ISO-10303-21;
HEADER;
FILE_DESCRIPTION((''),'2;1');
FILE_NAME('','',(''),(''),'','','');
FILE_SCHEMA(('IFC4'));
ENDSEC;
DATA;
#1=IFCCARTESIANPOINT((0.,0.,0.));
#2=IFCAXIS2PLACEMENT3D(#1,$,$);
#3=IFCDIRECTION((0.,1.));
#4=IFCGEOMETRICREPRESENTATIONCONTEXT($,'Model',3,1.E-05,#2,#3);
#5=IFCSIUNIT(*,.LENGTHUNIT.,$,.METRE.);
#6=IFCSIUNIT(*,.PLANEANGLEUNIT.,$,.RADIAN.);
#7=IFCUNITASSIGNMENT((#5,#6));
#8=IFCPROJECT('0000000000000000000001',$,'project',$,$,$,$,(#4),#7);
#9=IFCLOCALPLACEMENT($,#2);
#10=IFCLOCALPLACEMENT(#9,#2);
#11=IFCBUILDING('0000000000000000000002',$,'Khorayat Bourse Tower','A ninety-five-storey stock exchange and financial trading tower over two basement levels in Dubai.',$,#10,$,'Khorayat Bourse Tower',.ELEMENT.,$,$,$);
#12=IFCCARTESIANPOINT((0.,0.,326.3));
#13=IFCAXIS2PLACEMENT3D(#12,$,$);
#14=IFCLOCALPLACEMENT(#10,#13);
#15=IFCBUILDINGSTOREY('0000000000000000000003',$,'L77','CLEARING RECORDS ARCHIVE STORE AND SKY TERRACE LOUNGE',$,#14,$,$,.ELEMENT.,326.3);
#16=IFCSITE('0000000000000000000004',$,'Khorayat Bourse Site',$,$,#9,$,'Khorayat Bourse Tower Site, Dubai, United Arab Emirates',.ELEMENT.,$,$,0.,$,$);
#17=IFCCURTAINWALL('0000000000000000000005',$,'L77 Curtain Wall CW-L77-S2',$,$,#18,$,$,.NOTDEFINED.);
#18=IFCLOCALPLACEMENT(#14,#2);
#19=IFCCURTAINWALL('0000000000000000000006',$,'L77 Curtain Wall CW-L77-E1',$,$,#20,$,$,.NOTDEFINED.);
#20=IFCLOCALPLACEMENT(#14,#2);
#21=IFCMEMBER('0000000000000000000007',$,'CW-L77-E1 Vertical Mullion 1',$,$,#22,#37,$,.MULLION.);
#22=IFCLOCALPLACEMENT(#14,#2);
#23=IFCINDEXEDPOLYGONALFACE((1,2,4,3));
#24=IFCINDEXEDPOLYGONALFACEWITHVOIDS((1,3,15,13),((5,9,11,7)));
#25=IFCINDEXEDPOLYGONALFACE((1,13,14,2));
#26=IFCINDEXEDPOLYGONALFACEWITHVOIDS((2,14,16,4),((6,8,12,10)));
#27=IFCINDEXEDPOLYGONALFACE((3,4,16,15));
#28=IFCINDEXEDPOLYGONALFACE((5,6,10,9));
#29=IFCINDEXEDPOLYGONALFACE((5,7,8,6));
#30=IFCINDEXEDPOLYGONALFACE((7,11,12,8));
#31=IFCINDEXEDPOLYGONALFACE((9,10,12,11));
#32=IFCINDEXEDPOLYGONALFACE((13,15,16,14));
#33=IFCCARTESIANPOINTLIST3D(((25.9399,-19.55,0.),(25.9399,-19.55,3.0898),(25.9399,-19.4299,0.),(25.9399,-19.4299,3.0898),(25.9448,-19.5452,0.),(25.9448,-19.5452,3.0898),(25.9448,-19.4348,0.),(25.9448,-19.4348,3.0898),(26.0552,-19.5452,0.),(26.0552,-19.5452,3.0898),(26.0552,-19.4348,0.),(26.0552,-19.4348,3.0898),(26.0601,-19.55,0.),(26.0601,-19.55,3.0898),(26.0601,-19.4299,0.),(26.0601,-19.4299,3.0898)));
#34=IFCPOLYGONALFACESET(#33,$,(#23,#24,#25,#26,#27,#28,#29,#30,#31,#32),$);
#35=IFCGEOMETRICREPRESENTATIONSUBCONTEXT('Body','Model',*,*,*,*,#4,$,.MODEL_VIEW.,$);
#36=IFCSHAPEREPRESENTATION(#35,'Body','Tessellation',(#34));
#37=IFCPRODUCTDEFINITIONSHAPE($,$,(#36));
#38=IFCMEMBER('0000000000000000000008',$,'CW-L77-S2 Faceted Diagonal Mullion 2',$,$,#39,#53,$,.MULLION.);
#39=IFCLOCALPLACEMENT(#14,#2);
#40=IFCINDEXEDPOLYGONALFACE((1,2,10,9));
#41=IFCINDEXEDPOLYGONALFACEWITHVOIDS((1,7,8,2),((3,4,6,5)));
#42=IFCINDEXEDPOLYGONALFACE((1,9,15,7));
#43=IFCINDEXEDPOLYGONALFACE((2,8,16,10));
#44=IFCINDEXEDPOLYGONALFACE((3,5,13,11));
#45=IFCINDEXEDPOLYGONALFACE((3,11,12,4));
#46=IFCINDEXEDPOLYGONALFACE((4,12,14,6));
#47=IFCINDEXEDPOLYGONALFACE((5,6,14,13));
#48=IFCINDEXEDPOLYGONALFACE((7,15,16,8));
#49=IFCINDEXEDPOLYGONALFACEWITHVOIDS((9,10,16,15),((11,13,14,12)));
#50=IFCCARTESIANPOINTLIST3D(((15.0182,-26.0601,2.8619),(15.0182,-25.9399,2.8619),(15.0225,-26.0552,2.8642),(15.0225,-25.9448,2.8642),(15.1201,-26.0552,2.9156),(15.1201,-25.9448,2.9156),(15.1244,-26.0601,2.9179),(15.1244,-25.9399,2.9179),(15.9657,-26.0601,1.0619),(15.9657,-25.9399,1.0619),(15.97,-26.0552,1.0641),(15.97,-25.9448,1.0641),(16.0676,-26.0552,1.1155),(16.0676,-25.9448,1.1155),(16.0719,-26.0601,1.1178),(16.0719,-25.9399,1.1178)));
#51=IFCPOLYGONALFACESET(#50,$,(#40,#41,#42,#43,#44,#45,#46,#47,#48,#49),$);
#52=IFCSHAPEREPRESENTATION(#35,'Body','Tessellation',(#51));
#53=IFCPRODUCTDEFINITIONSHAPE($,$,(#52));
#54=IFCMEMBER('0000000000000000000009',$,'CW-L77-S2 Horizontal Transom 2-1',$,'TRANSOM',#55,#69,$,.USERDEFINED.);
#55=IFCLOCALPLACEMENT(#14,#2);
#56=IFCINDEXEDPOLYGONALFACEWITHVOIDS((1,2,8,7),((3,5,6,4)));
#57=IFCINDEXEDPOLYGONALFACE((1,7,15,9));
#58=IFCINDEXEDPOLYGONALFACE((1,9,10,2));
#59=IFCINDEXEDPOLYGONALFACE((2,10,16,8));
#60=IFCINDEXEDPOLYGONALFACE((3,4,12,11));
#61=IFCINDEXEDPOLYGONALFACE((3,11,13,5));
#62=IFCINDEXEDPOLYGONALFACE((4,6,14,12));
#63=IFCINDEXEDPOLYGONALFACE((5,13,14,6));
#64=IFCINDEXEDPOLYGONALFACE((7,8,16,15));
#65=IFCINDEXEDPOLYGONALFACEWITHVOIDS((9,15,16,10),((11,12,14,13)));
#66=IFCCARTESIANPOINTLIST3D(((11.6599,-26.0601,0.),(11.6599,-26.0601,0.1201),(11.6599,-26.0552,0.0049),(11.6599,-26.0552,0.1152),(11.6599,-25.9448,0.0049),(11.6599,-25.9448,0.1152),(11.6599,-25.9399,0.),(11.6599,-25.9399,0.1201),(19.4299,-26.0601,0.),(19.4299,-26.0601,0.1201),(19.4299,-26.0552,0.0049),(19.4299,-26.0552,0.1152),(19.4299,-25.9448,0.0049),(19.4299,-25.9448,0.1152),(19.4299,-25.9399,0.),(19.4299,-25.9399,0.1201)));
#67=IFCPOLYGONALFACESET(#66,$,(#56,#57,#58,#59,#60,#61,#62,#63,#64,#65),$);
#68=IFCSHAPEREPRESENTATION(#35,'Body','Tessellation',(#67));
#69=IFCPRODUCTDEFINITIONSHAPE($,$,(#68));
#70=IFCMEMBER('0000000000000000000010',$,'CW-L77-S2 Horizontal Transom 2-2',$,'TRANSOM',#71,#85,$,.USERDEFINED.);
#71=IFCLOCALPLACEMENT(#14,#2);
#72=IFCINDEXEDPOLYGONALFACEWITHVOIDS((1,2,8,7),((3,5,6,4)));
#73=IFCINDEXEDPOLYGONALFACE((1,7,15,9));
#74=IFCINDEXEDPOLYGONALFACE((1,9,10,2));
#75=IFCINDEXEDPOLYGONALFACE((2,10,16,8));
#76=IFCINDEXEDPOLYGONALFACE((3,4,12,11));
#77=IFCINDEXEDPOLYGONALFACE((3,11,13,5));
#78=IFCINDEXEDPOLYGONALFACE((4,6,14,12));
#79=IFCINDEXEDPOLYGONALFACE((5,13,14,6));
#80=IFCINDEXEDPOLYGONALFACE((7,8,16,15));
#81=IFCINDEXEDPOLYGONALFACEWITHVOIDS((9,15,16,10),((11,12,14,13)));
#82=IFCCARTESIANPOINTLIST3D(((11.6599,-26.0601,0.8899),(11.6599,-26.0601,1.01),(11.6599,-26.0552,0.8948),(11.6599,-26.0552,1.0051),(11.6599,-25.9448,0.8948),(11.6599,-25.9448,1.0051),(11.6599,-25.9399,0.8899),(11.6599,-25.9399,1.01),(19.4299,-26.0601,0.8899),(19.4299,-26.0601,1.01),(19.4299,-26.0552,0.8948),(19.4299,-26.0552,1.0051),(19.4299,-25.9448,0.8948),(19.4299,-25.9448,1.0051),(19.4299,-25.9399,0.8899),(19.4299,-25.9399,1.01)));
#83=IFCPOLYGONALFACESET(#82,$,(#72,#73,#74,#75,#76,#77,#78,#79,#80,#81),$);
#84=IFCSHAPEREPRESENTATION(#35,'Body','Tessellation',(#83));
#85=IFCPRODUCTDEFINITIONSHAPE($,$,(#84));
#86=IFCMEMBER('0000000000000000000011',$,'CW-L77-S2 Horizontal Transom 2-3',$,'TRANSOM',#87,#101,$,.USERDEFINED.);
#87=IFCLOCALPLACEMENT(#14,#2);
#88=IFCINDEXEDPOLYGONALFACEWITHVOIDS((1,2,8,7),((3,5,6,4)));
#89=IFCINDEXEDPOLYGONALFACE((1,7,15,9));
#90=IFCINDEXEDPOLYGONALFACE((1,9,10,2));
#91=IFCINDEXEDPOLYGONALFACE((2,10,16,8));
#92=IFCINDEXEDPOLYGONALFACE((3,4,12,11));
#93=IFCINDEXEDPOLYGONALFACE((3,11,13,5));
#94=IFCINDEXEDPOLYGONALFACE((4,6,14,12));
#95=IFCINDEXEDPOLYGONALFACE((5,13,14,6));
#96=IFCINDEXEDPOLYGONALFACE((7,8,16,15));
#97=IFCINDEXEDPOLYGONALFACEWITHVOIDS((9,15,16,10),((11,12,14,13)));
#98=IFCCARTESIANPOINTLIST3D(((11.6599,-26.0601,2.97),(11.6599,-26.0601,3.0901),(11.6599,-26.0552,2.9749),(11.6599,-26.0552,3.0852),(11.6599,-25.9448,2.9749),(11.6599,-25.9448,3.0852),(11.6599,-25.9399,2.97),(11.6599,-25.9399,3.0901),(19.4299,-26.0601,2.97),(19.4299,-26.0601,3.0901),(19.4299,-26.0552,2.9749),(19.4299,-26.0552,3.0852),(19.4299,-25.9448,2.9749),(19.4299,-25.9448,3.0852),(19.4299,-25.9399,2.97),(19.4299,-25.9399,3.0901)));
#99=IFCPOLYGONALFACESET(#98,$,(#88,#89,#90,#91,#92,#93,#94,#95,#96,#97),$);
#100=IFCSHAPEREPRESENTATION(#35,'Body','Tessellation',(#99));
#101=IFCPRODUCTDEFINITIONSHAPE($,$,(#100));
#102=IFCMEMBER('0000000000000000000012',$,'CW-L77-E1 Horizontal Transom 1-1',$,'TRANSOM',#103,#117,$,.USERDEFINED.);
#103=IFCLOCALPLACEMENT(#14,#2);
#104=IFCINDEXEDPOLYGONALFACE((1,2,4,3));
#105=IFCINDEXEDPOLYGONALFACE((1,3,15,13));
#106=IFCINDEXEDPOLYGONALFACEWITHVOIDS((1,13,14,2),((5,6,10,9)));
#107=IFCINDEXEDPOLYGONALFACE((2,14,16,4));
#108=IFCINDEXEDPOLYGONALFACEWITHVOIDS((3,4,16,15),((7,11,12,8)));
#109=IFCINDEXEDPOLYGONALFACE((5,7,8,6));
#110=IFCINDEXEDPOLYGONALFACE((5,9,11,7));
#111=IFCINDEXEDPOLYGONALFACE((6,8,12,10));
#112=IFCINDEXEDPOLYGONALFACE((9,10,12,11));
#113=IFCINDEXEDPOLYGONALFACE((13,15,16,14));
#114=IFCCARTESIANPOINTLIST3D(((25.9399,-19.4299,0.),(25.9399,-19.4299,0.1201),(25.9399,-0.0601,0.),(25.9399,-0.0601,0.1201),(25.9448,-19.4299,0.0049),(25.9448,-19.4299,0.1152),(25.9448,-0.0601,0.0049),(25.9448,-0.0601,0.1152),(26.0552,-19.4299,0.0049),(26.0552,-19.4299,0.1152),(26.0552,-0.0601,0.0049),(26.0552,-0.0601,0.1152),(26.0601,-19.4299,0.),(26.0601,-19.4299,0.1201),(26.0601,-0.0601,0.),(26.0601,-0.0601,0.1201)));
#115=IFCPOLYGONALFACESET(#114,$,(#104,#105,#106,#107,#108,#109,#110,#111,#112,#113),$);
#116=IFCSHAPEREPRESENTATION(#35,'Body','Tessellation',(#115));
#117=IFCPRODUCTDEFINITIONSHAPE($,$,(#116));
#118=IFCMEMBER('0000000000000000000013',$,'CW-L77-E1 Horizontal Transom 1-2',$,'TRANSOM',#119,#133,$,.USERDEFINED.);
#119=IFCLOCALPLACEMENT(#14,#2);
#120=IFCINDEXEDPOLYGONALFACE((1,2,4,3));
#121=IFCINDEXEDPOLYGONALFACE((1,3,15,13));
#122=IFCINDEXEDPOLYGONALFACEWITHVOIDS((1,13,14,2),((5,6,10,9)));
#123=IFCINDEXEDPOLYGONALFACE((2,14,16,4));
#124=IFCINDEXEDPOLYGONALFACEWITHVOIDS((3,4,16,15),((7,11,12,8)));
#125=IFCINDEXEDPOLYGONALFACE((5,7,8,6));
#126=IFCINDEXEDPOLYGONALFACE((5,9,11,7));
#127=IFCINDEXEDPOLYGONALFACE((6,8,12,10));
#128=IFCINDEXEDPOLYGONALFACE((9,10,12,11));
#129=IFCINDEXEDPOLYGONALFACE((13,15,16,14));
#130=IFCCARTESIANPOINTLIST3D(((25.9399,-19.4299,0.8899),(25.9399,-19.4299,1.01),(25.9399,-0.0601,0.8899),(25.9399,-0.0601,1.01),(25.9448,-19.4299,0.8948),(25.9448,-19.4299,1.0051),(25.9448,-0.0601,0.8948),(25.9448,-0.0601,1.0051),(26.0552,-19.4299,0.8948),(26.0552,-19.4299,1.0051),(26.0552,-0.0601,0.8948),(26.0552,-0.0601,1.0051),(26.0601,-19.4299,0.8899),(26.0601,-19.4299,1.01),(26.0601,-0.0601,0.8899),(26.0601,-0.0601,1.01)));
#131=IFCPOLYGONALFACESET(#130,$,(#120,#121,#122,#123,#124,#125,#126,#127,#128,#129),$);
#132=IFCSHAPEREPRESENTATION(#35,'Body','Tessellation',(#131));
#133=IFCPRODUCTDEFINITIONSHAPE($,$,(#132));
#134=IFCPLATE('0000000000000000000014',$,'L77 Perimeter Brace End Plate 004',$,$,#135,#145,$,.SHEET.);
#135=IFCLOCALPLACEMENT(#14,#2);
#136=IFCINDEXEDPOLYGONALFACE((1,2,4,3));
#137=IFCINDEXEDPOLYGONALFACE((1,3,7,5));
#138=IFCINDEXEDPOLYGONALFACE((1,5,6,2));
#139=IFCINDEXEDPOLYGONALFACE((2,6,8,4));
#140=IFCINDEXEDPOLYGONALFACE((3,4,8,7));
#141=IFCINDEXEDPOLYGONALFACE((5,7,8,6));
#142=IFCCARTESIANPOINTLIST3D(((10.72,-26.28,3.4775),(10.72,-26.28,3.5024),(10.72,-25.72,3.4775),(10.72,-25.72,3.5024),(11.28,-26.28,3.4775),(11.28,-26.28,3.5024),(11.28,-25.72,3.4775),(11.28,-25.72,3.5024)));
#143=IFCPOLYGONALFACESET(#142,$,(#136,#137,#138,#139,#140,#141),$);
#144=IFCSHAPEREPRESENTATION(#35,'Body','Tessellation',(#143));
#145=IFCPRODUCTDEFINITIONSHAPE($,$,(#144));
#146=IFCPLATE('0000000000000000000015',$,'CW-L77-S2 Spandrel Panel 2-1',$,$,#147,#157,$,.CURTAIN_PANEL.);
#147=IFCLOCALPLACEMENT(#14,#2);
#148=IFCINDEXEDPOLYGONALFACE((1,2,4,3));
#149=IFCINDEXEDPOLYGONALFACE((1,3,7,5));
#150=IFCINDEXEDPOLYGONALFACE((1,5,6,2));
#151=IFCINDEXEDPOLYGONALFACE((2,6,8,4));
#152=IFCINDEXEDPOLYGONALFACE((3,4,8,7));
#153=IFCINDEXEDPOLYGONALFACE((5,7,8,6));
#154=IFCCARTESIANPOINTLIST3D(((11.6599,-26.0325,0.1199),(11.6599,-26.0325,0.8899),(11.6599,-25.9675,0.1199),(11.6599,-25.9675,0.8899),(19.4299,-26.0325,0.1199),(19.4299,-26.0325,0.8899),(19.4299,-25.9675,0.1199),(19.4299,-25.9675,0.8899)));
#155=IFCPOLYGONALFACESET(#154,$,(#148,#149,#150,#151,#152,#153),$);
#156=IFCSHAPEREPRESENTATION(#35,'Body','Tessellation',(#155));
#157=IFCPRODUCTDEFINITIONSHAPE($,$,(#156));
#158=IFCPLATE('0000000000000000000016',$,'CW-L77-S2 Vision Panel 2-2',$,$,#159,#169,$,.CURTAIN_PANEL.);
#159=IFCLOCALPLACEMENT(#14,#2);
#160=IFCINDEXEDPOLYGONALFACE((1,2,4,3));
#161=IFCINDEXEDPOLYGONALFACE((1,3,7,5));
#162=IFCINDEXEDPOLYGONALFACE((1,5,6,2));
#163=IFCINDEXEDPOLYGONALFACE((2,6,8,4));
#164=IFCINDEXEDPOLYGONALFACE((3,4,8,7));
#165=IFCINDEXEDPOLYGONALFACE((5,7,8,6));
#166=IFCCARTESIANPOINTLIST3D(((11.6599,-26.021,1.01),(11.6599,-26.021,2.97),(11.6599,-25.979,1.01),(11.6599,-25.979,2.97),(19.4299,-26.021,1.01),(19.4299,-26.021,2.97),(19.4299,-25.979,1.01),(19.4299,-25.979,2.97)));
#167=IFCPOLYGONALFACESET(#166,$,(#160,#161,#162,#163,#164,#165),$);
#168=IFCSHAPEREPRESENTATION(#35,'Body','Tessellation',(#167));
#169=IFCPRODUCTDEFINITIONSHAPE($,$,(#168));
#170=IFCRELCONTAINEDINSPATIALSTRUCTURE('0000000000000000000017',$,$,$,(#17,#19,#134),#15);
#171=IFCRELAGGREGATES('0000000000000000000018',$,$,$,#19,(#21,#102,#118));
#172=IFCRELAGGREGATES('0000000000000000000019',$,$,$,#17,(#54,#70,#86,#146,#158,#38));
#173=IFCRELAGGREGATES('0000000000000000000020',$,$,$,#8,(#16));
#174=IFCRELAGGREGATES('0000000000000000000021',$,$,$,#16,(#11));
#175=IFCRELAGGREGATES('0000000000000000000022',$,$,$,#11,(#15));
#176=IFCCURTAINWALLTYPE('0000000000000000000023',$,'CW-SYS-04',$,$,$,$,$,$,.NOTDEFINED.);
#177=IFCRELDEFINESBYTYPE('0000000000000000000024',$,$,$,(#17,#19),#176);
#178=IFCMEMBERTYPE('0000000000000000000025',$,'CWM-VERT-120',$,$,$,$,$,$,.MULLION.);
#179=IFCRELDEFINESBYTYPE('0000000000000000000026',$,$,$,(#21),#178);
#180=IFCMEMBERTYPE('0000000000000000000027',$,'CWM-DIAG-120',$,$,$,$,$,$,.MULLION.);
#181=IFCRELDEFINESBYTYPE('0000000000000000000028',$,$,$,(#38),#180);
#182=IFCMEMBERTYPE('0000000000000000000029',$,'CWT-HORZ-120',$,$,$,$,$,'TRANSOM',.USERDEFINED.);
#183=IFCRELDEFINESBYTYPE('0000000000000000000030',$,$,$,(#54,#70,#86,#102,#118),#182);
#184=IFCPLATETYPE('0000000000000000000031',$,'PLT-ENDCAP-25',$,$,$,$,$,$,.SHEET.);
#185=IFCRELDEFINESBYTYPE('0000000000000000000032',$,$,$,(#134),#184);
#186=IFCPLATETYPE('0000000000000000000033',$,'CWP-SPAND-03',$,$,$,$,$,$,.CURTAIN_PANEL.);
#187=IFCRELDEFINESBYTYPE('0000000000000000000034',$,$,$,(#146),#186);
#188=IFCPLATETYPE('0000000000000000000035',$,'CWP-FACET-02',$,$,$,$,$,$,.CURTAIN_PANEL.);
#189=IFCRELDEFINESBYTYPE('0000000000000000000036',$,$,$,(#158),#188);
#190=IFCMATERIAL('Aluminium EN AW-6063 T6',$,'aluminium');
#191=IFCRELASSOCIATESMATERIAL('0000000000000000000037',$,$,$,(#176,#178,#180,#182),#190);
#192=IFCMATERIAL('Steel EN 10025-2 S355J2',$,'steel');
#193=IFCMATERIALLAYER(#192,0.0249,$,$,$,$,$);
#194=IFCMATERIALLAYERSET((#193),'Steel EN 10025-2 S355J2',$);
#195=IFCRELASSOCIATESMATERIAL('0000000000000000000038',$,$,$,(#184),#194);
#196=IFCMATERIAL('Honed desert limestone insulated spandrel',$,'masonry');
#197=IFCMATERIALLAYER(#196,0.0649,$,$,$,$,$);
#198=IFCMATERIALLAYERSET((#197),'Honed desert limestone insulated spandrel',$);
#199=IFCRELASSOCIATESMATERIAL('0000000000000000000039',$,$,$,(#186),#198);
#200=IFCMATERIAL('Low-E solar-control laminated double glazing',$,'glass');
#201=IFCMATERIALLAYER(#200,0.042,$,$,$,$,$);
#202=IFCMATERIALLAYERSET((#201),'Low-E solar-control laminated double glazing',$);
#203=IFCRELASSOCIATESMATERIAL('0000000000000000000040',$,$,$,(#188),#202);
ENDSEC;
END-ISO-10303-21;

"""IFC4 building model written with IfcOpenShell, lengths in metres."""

from ifc_helpers import new_model, si_unit, direction, frame, origin, origin_2d, place, context, subcontext, project, spatial, rectangle, hollow_rectangle, extrude, source, transform, mapped, material, layer, layer_set, material_profile, profile_set, type_object, element, aggregate, save


model = new_model("IFC4")

# Units and contexts
model_context = context("Model", 3, precision=1e-05, world=origin(), true_north=direction((0.0, 1.0)))
body_context = subcontext(model_context, "Body", "Model", "MODEL_VIEW")
ifc_project = project(units=[si_unit("LENGTHUNIT", "METRE"), si_unit("PLANEANGLEUNIT", "RADIAN")], contexts=[model_context])

# Site, building, storey
site_placement = place(None, origin())
site = spatial("IfcSite", under=ifc_project, at=site_placement, Name="Khorayat Bourse Site", LongName="Khorayat Bourse Tower Site, Dubai, United Arab Emirates", CompositionType="ELEMENT", RefElevation=0.0)
building_placement = place(site_placement, origin())
building = spatial("IfcBuilding", under=site, at=building_placement, Name="Khorayat Bourse Tower", Description="A ninety-five-storey stock exchange and financial trading tower over two basement levels in Dubai.", LongName="Khorayat Bourse Tower", CompositionType="ELEMENT")
storey_placement = place(building_placement, frame((0.0, 0.0, 326.3)))
storey = spatial("IfcBuildingStorey", under=building, at=storey_placement, Name="L77", Description="CLEARING RECORDS ARCHIVE STORE AND SKY TERRACE LOUNGE", CompositionType="ELEMENT", Elevation=326.3)

# Shared definitions
ifc_material_1 = material(Name="Steel EN 10025-2 S355J2", Category="steel")

# Curtain wall
ifc_material_2 = material(Name="Aluminium EN AW-6063 T6", Category="aluminium")
curtain_wall_type = type_object("IfcCurtainWallType", Name="CW-SYS-04", PredefinedType="NOTDEFINED", material=ifc_material_2)
curtain_wall_1_placement = place(storey_placement, origin())
curtain_wall_1 = element("IfcCurtainWall", 1, at=curtain_wall_1_placement, inside=storey, type_object=curtain_wall_type, Name="L77 Curtain Wall CW-L77-S2", PredefinedType="NOTDEFINED")
ifc_material_profile_1 = material_profile(ifc_material_2, hollow_rectangle(XDim=0.1201, YDim=0.1201, WallThickness=0.0049, at=origin_2d()), Name="ALU 120x120x5")
ifc_profile_set_1 = profile_set([ifc_material_profile_1], Name="Aluminium EN AW-6063 T6")
member_type_1 = type_object("IfcMemberType", Name="CWM-VERT-120", PredefinedType="MULLION", material=ifc_profile_set_1)
shared_shape_1 = source(origin(), body_context, "Body", "SweptSolid", [
    extrude(hollow_rectangle(XDim=0.1201, YDim=0.1201, WallThickness=0.0049, at=origin_2d()), origin(), (0.0, 0.0, 1.0), 3.0898),
])

# Curtain wall, member
curtain_wall_2_placement = place(storey_placement, origin())
curtain_wall_2 = element("IfcCurtainWall", 2, at=curtain_wall_2_placement, inside=storey, type_object=curtain_wall_type, Name="L77 Curtain Wall CW-L77-E1", PredefinedType="NOTDEFINED")
member_1_placement = place(storey_placement, frame((26.0, -19.49, 0.0), z_axis=(0.0, 0.0, 1.0), x_axis=(-1.0, 0.0, 0.0)))
member_1 = element("IfcMember", 3, at=member_1_placement, type_object=member_type_1, Name="CW-L77-E1 Vertical Mullion 1", PredefinedType="MULLION", context=body_context, shape_type="MappedRepresentation", body=[
    mapped(shared_shape_1, transform((0.0, 0.0, 0.0), scale=1.0)),
])

# Members
ifc_material_profile_2 = material_profile(ifc_material_2, hollow_rectangle(XDim=0.1201, YDim=0.1201, WallThickness=0.0049, at=origin_2d()), Name="ALU 120x120x5")
ifc_profile_set_2 = profile_set([ifc_material_profile_2], Name="Aluminium EN AW-6063 T6")
member_type_2 = type_object("IfcMemberType", Name="CWM-DIAG-120", PredefinedType="MULLION", material=ifc_profile_set_2)
shared_shape_2 = source(origin(), body_context, "Body", "SweptSolid", [
    extrude(hollow_rectangle(XDim=0.1201, YDim=0.1201, WallThickness=0.0049, at=origin_2d()), origin(), (0.0, 0.0, 1.0), 2.0342),
])
member_2_placement = place(storey_placement, frame((16.0188, -26.0, 1.0898), z_axis=(-0.465791, 0.0, 0.884895), x_axis=(0.0, -1.0, 0.0)))
member_2 = element("IfcMember", 4, at=member_2_placement, type_object=member_type_2, Name="CW-L77-S2 Faceted Diagonal Mullion 2", PredefinedType="MULLION", context=body_context, shape_type="MappedRepresentation", body=[
    mapped(shared_shape_2, transform((0.0, 0.0, 0.0), scale=1.0)),
])
ifc_material_profile_3 = material_profile(ifc_material_2, hollow_rectangle(XDim=0.1201, YDim=0.1201, WallThickness=0.0049, at=origin_2d()), Name="ALU 120x120x5")
ifc_profile_set_3 = profile_set([ifc_material_profile_3], Name="Aluminium EN AW-6063 T6")
member_type_3 = type_object("IfcMemberType", Name="CWT-HORZ-120", ElementType="TRANSOM", PredefinedType="USERDEFINED", material=ifc_profile_set_3)
shared_shape_3 = source(origin(), body_context, "Body", "SweptSolid", [
    extrude(hollow_rectangle(XDim=0.1201, YDim=0.1201, WallThickness=0.0049, at=origin_2d()), origin(), (0.0, 0.0, 1.0), 7.77),
])
member_3_placement = place(storey_placement, frame((11.6599, -26.0, 0.0601), z_axis=(1.0, 0.0, 0.0), x_axis=(0.0, 1.0, 0.0)))
member_3 = element("IfcMember", 5, at=member_3_placement, type_object=member_type_3, Name="CW-L77-S2 Horizontal Transom 2-1", ObjectType="TRANSOM", PredefinedType="USERDEFINED", context=body_context, shape_type="MappedRepresentation", body=[
    mapped(shared_shape_3, transform((0.0, 0.0, 0.0), scale=1.0)),
])
member_4_placement = place(storey_placement, frame((11.6599, -26.0, 0.95), z_axis=(1.0, 0.0, 0.0), x_axis=(0.0, 1.0, 0.0)))
member_4 = element("IfcMember", 6, at=member_4_placement, type_object=member_type_3, Name="CW-L77-S2 Horizontal Transom 2-2", ObjectType="TRANSOM", PredefinedType="USERDEFINED", context=body_context, shape_type="MappedRepresentation", body=[
    mapped(shared_shape_3, transform((0.0, 0.0, 0.0), scale=1.0)),
])
member_5_placement = place(storey_placement, frame((11.6599, -26.0, 3.03), z_axis=(1.0, 0.0, 0.0), x_axis=(0.0, 1.0, 0.0)))
member_5 = element("IfcMember", 7, at=member_5_placement, type_object=member_type_3, Name="CW-L77-S2 Horizontal Transom 2-3", ObjectType="TRANSOM", PredefinedType="USERDEFINED", context=body_context, shape_type="MappedRepresentation", body=[
    mapped(shared_shape_3, transform((0.0, 0.0, 0.0), scale=1.0)),
])
shared_shape_4 = source(origin(), body_context, "Body", "SweptSolid", [
    extrude(hollow_rectangle(XDim=0.1201, YDim=0.1201, WallThickness=0.0049, at=origin_2d()), origin(), (0.0, 0.0, 1.0), 19.3699),
])
member_6_placement = place(storey_placement, frame((26.0, -19.4299, 0.0601), z_axis=(0.0, 1.0, 0.0), x_axis=(-1.0, 0.0, 0.0)))
member_6 = element("IfcMember", 8, at=member_6_placement, type_object=member_type_3, Name="CW-L77-E1 Horizontal Transom 1-1", ObjectType="TRANSOM", PredefinedType="USERDEFINED", context=body_context, shape_type="MappedRepresentation", body=[
    mapped(shared_shape_4, transform((0.0, 0.0, 0.0), scale=1.0)),
])
member_7_placement = place(storey_placement, frame((26.0, -19.4299, 0.95), z_axis=(0.0, 1.0, 0.0), x_axis=(-1.0, 0.0, 0.0)))
member_7 = element("IfcMember", 9, at=member_7_placement, type_object=member_type_3, Name="CW-L77-E1 Horizontal Transom 1-2", ObjectType="TRANSOM", PredefinedType="USERDEFINED", context=body_context, shape_type="MappedRepresentation", body=[
    mapped(shared_shape_4, transform((0.0, 0.0, 0.0), scale=1.0)),
])
aggregate(curtain_wall_2, [member_1, member_6, member_7])

# Plates
ifc_layer_1 = layer(ifc_material_1, 0.0249)
ifc_layer_set_1 = layer_set([ifc_layer_1], Name="Steel EN 10025-2 S355J2")
plate_type_1 = type_object("IfcPlateType", Name="PLT-ENDCAP-25", PredefinedType="SHEET", material=ifc_layer_set_1)
shared_shape_5 = source(origin(), body_context, "Body", "SweptSolid", [
    extrude(rectangle(XDim=0.5601, YDim=0.5601, at=origin_2d()), origin(), (0.0, 0.0, 1.0), 0.0249),
])
plate_1_placement = place(storey_placement, frame((11.0, -26.0, 3.4775), z_axis=(0.0, 0.0, 1.0), x_axis=(1.0, 0.0, 0.0)))
element("IfcPlate", 10, at=plate_1_placement, inside=storey, type_object=plate_type_1, Name="L77 Perimeter Brace End Plate 004", PredefinedType="SHEET", context=body_context, shape_type="MappedRepresentation", body=[
    mapped(shared_shape_5, transform((0.0, 0.0, 0.0), scale=1.0)),
])
ifc_material_3 = material(Name="Honed desert limestone insulated spandrel", Category="masonry")
ifc_layer_2 = layer(ifc_material_3, 0.0649)
ifc_layer_set_2 = layer_set([ifc_layer_2], Name="Honed desert limestone insulated spandrel")
plate_type_2 = type_object("IfcPlateType", Name="CWP-SPAND-03", PredefinedType="CURTAIN_PANEL", material=ifc_layer_set_2)
shared_shape_6 = source(origin(), body_context, "Body", "SweptSolid", [
    extrude(rectangle(XDim=7.77, YDim=0.0649, at=origin_2d()), origin(), (0.0, 0.0, 1.0), 0.77),
])
plate_2_placement = place(storey_placement, frame((15.5449, -26.0, 0.1199), z_axis=(0.0, 0.0, 1.0), x_axis=(1.0, 0.0, 0.0)))
plate_2 = element("IfcPlate", 11, at=plate_2_placement, type_object=plate_type_2, Name="CW-L77-S2 Spandrel Panel 2-1", PredefinedType="CURTAIN_PANEL", context=body_context, shape_type="MappedRepresentation", body=[
    mapped(shared_shape_6, transform((0.0, 0.0, 0.0), scale=1.0)),
])
ifc_material_4 = material(Name="Low-E solar-control laminated double glazing", Category="glass")
ifc_layer_3 = layer(ifc_material_4, 0.042)
ifc_layer_set_3 = layer_set([ifc_layer_3], Name="Low-E solar-control laminated double glazing")
plate_type_3 = type_object("IfcPlateType", Name="CWP-FACET-02", PredefinedType="CURTAIN_PANEL", material=ifc_layer_set_3)
shared_shape_7 = source(origin(), body_context, "Body", "SweptSolid", [
    extrude(rectangle(XDim=7.77, YDim=0.042, at=origin_2d()), origin(), (0.0, 0.0, 1.0), 1.96),
])
plate_3_placement = place(storey_placement, frame((15.5449, -26.0, 1.01), z_axis=(0.0, 0.0, 1.0), x_axis=(1.0, 0.0, 0.0)))
plate_3 = element("IfcPlate", 12, at=plate_3_placement, type_object=plate_type_3, Name="CW-L77-S2 Vision Panel 2-2", PredefinedType="CURTAIN_PANEL", context=body_context, shape_type="MappedRepresentation", body=[
    mapped(shared_shape_7, transform((0.0, 0.0, 0.0), scale=1.0)),
])
aggregate(curtain_wall_1, [member_3, member_4, member_5, plate_2, plate_3, member_2])

save(model, "model.ifc")
